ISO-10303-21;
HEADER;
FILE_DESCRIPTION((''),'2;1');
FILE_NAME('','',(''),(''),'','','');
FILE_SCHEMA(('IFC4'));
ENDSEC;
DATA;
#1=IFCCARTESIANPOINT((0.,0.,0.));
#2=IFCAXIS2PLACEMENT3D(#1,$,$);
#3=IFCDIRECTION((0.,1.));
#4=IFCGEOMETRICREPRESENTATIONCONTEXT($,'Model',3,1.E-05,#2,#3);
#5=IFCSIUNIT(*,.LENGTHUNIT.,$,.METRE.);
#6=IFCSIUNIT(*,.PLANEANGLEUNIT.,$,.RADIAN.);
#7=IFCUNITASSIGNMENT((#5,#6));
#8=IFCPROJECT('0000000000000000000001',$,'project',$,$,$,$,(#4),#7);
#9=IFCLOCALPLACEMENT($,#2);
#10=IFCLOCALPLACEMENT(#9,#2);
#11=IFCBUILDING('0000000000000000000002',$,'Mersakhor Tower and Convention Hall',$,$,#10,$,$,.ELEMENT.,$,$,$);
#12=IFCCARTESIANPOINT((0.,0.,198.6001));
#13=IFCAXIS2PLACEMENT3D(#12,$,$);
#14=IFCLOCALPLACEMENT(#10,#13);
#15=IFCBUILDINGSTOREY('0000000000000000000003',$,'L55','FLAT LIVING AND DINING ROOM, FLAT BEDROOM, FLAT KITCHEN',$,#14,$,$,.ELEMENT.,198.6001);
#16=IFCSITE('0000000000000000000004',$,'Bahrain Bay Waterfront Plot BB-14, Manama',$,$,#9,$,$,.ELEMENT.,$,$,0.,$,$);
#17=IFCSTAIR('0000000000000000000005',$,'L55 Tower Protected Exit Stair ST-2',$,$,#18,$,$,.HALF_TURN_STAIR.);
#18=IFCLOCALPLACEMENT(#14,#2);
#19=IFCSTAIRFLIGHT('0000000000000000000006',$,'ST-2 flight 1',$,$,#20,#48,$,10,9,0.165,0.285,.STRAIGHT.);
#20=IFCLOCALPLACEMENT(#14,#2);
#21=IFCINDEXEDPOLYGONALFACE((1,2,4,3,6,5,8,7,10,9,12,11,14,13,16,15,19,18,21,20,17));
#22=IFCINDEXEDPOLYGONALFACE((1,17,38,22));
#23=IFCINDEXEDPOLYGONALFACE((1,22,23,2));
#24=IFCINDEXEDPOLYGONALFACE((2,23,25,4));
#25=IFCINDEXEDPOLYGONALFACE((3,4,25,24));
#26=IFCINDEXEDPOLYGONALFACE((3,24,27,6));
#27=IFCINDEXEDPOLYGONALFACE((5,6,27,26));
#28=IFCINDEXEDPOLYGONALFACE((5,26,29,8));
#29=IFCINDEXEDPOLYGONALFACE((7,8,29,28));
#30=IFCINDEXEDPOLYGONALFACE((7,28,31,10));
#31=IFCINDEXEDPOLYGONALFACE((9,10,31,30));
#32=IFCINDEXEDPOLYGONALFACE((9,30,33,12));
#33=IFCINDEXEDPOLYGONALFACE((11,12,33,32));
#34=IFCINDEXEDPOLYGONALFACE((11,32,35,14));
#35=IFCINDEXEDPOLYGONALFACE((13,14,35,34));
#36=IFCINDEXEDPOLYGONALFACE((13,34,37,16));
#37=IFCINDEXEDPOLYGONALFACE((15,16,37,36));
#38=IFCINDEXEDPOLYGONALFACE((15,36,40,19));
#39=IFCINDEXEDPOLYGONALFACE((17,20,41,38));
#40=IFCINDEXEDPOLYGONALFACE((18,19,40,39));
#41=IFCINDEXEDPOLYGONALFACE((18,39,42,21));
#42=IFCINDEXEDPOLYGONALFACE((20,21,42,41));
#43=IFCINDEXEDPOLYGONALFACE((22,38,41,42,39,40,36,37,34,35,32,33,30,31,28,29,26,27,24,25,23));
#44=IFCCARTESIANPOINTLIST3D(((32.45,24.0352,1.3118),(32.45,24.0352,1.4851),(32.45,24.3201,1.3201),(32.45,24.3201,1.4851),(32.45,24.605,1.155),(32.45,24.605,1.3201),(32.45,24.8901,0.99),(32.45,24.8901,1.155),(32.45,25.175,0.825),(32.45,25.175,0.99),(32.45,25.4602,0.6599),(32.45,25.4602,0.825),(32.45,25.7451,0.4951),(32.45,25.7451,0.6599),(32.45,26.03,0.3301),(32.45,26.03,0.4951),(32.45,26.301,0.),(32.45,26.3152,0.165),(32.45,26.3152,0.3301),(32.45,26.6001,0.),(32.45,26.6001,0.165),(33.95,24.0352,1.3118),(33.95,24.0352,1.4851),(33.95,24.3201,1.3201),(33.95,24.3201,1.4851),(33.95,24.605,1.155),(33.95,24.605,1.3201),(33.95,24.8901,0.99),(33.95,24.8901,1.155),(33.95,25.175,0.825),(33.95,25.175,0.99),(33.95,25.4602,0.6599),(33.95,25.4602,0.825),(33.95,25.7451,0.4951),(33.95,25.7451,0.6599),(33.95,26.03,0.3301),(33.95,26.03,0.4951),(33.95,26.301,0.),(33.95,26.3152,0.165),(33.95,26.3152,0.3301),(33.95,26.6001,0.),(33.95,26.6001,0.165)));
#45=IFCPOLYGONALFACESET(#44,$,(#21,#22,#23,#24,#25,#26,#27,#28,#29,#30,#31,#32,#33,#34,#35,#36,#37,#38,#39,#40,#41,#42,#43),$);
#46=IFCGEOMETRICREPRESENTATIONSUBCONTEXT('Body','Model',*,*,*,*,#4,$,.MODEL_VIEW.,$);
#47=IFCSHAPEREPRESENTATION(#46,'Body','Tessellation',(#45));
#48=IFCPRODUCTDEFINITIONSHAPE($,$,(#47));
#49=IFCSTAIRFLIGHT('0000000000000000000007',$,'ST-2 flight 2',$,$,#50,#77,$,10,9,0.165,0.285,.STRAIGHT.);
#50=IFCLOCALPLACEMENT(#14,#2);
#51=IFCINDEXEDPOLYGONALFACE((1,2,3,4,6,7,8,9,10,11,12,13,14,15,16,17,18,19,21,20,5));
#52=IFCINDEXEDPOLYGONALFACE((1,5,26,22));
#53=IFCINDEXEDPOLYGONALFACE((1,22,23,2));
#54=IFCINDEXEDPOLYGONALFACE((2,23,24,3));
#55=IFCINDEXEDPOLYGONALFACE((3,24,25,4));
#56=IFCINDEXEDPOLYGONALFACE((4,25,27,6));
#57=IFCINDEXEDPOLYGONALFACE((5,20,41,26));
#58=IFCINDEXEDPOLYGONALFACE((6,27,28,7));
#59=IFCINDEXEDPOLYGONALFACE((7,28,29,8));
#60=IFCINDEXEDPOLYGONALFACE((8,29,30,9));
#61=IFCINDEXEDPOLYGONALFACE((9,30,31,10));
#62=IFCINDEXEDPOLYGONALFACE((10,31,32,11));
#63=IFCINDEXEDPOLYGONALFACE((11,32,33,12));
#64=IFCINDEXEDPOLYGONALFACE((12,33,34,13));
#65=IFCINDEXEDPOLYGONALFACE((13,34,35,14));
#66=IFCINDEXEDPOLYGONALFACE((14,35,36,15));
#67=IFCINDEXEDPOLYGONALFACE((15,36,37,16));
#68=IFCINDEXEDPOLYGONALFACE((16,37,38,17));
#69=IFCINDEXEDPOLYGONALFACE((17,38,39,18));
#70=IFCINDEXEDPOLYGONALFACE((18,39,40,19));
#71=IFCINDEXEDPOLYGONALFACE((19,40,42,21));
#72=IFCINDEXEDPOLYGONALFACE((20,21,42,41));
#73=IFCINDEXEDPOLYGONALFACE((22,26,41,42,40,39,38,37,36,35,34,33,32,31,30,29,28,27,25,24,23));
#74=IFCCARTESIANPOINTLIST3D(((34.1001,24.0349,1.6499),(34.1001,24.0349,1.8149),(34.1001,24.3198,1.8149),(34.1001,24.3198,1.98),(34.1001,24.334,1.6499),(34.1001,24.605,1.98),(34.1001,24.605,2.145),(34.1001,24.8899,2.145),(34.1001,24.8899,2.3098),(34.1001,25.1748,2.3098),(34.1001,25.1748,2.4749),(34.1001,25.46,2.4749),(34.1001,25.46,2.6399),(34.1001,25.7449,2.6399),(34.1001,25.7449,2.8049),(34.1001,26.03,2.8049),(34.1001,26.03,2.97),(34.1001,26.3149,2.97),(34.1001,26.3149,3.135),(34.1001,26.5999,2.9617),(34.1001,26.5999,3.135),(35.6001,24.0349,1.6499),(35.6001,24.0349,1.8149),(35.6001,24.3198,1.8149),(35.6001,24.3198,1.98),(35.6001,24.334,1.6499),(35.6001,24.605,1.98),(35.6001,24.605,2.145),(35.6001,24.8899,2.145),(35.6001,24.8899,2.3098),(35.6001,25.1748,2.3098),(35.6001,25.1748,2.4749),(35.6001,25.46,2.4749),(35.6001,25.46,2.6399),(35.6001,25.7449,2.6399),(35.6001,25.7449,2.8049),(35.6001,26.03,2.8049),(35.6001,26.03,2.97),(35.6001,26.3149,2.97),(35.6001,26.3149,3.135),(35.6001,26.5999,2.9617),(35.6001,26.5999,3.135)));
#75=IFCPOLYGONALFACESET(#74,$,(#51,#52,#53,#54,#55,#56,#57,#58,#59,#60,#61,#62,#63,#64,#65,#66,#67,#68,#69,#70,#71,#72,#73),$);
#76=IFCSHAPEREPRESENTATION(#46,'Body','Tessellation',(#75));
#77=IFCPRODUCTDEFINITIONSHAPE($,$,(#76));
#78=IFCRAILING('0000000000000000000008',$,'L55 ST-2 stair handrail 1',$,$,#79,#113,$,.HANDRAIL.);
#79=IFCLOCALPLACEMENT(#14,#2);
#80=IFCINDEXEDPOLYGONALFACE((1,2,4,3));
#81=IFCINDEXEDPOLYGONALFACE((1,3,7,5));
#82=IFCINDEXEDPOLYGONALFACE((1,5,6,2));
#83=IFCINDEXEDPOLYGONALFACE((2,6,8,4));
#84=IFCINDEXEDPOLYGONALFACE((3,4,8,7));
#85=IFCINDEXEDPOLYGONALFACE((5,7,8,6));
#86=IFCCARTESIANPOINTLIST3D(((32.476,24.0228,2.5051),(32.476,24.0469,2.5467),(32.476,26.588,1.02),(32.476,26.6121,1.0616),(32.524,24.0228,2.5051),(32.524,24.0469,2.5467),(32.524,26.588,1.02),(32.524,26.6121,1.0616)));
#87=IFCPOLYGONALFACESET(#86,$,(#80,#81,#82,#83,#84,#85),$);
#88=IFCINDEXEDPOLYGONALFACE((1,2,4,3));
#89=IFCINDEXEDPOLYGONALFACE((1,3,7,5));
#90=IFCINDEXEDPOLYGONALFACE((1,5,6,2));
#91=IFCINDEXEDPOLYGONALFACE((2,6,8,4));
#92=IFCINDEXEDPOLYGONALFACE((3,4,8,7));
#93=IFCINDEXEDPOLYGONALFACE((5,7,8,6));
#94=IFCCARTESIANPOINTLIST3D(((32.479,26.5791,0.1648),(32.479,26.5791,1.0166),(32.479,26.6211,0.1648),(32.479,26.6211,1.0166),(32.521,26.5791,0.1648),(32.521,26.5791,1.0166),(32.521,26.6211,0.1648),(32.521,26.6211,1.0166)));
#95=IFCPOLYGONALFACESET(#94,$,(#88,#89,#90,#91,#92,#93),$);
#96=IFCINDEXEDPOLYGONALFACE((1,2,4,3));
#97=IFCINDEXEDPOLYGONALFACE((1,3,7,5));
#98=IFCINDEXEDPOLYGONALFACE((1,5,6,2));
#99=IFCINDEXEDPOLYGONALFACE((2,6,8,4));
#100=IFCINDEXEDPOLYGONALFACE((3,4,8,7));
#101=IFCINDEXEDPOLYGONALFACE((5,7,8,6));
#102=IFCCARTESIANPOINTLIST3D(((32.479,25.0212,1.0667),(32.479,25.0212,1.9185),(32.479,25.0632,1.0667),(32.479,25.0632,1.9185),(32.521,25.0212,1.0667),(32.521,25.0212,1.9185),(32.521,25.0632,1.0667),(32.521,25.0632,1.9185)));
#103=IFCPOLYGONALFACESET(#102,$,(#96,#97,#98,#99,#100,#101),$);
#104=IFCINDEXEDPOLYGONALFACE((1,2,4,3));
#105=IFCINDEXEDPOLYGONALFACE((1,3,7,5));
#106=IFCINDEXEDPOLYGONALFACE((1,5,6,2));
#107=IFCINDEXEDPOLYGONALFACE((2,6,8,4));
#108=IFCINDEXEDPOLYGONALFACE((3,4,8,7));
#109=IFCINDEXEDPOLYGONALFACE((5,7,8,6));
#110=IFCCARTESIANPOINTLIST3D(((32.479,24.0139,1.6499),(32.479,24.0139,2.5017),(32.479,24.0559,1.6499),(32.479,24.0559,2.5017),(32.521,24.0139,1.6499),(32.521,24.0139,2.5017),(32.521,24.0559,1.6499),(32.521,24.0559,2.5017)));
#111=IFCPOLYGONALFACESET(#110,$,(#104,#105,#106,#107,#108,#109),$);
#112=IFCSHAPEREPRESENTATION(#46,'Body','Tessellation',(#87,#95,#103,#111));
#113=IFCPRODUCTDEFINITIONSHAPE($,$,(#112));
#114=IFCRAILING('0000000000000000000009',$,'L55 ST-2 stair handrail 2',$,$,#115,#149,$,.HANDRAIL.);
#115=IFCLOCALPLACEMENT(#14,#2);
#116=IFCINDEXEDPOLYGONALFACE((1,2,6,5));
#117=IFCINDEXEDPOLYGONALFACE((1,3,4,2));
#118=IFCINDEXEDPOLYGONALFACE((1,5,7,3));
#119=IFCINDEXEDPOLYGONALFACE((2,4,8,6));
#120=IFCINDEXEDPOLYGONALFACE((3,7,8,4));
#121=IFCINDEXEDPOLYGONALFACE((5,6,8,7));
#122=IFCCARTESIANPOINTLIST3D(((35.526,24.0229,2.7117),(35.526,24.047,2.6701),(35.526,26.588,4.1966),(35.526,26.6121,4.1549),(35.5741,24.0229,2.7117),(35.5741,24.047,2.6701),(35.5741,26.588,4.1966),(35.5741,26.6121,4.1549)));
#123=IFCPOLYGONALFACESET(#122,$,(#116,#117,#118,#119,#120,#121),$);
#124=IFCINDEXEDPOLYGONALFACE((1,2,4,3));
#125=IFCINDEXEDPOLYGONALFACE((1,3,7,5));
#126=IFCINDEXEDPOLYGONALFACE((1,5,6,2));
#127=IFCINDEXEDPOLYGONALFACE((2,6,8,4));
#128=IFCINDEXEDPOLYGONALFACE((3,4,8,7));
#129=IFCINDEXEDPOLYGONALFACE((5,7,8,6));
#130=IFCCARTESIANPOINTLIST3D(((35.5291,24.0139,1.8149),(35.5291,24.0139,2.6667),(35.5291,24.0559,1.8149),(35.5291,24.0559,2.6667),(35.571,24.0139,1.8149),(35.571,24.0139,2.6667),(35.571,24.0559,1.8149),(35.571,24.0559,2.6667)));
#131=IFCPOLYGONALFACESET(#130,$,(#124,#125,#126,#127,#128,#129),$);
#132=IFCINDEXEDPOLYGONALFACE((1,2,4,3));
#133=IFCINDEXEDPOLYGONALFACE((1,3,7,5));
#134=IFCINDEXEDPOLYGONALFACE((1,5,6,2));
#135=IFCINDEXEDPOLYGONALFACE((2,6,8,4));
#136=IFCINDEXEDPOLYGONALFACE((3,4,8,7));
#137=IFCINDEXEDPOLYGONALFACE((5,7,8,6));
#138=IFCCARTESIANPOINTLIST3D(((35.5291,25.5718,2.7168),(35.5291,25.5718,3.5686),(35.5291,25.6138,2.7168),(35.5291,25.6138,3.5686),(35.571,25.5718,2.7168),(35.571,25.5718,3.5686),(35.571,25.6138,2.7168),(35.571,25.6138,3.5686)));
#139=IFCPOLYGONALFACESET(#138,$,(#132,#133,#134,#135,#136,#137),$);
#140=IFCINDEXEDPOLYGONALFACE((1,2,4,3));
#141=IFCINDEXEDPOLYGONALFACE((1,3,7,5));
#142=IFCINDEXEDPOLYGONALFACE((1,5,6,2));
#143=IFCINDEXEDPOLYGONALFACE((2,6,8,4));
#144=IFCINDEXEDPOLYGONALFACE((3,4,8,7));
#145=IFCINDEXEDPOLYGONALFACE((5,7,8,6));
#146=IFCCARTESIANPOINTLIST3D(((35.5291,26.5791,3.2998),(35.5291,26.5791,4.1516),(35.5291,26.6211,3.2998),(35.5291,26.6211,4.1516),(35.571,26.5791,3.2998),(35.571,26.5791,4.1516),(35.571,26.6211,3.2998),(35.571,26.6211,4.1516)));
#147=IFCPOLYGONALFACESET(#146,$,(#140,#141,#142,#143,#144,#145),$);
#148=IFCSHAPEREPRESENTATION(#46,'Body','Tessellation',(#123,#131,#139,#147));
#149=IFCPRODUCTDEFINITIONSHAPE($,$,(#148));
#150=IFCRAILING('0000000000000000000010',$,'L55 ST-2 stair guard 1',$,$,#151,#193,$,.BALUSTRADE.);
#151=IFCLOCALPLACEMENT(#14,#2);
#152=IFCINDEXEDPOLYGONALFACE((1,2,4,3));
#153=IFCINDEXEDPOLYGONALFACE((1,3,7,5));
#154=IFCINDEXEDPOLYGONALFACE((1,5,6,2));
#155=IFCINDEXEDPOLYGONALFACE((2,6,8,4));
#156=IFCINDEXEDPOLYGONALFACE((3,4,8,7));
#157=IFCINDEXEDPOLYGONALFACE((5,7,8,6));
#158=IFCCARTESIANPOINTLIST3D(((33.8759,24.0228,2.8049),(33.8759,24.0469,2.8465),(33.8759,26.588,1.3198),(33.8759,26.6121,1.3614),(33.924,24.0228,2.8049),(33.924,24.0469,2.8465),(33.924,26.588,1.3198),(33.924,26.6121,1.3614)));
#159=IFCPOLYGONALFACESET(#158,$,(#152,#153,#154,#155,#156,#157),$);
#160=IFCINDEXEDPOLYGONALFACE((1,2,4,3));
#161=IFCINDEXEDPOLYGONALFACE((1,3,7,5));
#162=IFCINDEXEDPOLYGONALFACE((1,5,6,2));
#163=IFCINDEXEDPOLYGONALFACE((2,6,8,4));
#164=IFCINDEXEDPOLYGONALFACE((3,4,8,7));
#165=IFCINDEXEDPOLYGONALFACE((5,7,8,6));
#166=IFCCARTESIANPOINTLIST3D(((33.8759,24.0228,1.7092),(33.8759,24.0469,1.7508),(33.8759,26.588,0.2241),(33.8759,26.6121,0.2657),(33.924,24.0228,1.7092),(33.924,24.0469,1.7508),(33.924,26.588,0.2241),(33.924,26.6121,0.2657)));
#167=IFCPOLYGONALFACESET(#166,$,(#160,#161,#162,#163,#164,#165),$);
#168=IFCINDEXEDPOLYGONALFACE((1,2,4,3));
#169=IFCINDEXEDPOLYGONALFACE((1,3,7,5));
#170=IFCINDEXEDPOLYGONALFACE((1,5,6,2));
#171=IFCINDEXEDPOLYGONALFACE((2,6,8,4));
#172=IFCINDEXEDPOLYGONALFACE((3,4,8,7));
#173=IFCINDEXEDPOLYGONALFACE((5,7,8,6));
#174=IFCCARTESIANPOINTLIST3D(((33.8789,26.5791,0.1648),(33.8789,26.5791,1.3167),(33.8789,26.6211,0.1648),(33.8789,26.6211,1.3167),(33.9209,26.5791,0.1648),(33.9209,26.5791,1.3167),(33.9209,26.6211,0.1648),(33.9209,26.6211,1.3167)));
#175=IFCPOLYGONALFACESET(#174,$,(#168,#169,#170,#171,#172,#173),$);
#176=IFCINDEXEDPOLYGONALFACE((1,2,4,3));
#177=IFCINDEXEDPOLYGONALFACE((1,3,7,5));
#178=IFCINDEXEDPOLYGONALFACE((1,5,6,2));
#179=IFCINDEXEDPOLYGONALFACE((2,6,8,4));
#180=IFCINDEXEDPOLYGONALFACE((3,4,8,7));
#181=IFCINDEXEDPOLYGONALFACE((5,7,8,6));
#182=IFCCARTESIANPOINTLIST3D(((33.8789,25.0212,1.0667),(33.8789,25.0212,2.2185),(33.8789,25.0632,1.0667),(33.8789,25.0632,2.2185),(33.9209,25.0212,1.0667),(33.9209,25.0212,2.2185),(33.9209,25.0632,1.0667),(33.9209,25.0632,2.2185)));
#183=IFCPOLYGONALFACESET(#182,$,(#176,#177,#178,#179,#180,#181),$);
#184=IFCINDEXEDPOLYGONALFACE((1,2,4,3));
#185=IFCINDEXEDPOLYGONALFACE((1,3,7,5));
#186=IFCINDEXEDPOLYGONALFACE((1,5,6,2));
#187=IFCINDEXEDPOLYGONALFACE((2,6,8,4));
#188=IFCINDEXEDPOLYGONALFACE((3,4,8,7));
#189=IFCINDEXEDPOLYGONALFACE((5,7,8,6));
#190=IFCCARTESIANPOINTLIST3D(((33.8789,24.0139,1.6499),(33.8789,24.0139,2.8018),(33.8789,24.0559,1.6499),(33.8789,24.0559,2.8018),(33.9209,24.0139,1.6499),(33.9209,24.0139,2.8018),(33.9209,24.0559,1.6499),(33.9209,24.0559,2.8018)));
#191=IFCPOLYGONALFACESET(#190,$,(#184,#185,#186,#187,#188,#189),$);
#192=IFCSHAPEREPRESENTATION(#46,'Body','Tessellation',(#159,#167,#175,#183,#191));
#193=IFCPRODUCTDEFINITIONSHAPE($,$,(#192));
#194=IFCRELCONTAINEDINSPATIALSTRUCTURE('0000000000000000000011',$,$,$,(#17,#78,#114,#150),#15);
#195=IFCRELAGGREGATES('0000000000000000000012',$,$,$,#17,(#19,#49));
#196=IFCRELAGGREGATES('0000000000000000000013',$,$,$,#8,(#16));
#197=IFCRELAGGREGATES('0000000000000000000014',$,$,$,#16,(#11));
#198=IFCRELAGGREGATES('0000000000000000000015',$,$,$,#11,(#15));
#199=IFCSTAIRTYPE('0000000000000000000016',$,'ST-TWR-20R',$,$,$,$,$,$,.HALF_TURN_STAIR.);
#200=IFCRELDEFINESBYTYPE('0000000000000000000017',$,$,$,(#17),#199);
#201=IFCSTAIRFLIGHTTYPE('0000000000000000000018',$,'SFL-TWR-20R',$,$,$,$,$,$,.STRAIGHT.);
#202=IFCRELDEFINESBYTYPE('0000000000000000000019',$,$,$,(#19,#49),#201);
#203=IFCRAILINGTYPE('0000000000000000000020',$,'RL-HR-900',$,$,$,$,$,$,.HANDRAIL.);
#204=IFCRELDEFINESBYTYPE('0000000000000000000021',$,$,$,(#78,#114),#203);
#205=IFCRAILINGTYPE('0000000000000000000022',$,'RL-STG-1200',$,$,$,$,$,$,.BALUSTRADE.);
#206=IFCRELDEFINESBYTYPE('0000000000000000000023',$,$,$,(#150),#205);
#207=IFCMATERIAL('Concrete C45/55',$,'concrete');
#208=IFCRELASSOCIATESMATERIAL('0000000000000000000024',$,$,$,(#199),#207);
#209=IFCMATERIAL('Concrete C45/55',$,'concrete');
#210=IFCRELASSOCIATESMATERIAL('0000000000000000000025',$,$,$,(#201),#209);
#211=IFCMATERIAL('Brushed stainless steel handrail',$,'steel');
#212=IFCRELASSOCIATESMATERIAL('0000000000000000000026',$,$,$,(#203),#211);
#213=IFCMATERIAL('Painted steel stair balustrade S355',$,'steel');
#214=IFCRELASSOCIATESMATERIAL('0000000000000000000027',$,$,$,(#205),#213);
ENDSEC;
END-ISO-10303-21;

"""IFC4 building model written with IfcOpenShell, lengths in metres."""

from ifc_helpers import new_model, si_unit, direction, frame, origin, origin_2d, place, context, subcontext, project, spatial, polyline, rectangle, outline, extrude, material, type_object, element, aggregate, save


model = new_model("IFC4")

# Units and contexts
model_context = context("Model", 3, precision=1e-05, world=origin(), true_north=direction((0.0, 1.0)))
body_context = subcontext(model_context, "Body", "Model", "MODEL_VIEW")
ifc_project = project(units=[si_unit("LENGTHUNIT", "METRE"), si_unit("PLANEANGLEUNIT", "RADIAN")], contexts=[model_context])

# Site, building, storey
site_placement = place(None, origin())
site = spatial("IfcSite", under=ifc_project, at=site_placement, Name="Bahrain Bay Waterfront Plot BB-14, Manama", CompositionType="ELEMENT", RefElevation=0.0)
building_placement = place(site_placement, origin())
building = spatial("IfcBuilding", under=site, at=building_placement, Name="Mersakhor Tower and Convention Hall", CompositionType="ELEMENT")
storey_placement = place(building_placement, frame((0.0, 0.0, 198.6001)))
storey = spatial("IfcBuildingStorey", under=building, at=storey_placement, Name="L55", Description="FLAT LIVING AND DINING ROOM, FLAT BEDROOM, FLAT KITCHEN", CompositionType="ELEMENT", Elevation=198.6001)

# Stair, stair flights
ifc_material_1 = material(Name="Concrete C45/55", Category="concrete")
stair_type = type_object("IfcStairType", Name="ST-TWR-20R", PredefinedType="HALF_TURN_STAIR", material=ifc_material_1)
stair_placement = place(storey_placement, origin())
stair = element("IfcStair", 1, at=stair_placement, inside=storey, type_object=stair_type, Name="L55 Tower Protected Exit Stair ST-2", PredefinedType="HALF_TURN_STAIR")
ifc_material_2 = material(Name="Concrete C45/55", Category="concrete")
stair_flight_type = type_object("IfcStairFlightType", Name="SFL-TWR-20R", PredefinedType="STRAIGHT", material=ifc_material_2)
stair_flight_1_placement = place(storey_placement, frame((33.2, 26.6001, 0.0), z_axis=(0.0, 0.0, 1.0), x_axis=(0.0, -1.0, 0.0)))
stair_flight_1 = element("IfcStairFlight", 2, at=stair_flight_1_placement, type_object=stair_flight_type, Name="ST-2 flight 1", NumberOfRisers=10, NumberOfTreads=9, PredefinedType="STRAIGHT", RiserHeight=0.165, TreadLength=0.285, context=body_context, shape_type="SweptSolid", body=[
    extrude(outline(polyline([(0.0, 0.0), (0.0, 0.165), (0.2849, 0.165), (0.2849, 0.3301), (0.5701, 0.3301), (0.5701, 0.4951), (0.855, 0.4951), (0.855, 0.6599), (1.1399, 0.6599), (1.1399, 0.825), (1.425, 0.825), (1.425, 0.99), (1.71, 0.99), (1.71, 1.155), (1.9951, 1.155), (1.9951, 1.3201), (2.28, 1.3201), (2.28, 1.4851), (2.5649, 1.4851), (2.5649, 1.6499), (2.5649, 1.3118), (0.2991, 0.0), (0.0, 0.0)])), frame((0.0, 0.75, 0.0), z_axis=(0.0, -1.0, 0.0), x_axis=(1.0, 0.0, 0.0)), (0.0, 0.0, 1.0), 1.5),
])
stair_flight_2_placement = place(storey_placement, frame((34.8501, 24.0349, 1.6499), z_axis=(0.0, 0.0, 1.0), x_axis=(0.0, 1.0, 0.0)))
stair_flight_2 = element("IfcStairFlight", 3, at=stair_flight_2_placement, type_object=stair_flight_type, Name="ST-2 flight 2", NumberOfRisers=10, NumberOfTreads=9, PredefinedType="STRAIGHT", RiserHeight=0.165, TreadLength=0.285, context=body_context, shape_type="SweptSolid", body=[
    extrude(outline(polyline([(0.0, 0.0), (0.0, 0.165), (0.2849, 0.165), (0.2849, 0.3301), (0.5701, 0.3301), (0.5701, 0.4951), (0.855, 0.4951), (0.855, 0.6599), (1.1399, 0.6599), (1.1399, 0.825), (1.425, 0.825), (1.425, 0.99), (1.71, 0.99), (1.71, 1.155), (1.9951, 1.155), (1.9951, 1.3201), (2.28, 1.3201), (2.28, 1.4851), (2.5649, 1.4851), (2.5649, 1.6499), (2.5649, 1.3118), (0.2991, 0.0), (0.0, 0.0)])), frame((0.0, 0.75, 0.0), z_axis=(0.0, -1.0, 0.0), x_axis=(1.0, 0.0, 0.0)), (0.0, 0.0, 1.0), 1.5),
])
aggregate(stair, [stair_flight_1, stair_flight_2])

# Railings
ifc_material_3 = material(Name="Brushed stainless steel handrail", Category="steel")
railing_type_1 = type_object("IfcRailingType", Name="RL-HR-900", PredefinedType="HANDRAIL", material=ifc_material_3)
railing_1_placement = place(storey_placement, frame((32.5, 26.6001, 0.1648)))
element("IfcRailing", 4, at=railing_1_placement, inside=storey, type_object=railing_type_1, Name="L55 ST-2 stair handrail 1", PredefinedType="HANDRAIL", context=body_context, shape_type="SweptSolid", body=[
    extrude(rectangle(XDim=0.0481, YDim=0.0481, at=origin_2d()), frame((0.0, 0.0, 0.876), z_axis=(0.0, -0.865426, 0.501036), x_axis=(1.0, 0.0, 0.0)), (0.0, 0.0, 1.0), 2.9641),
    extrude(rectangle(XDim=0.042, YDim=0.042, at=origin_2d()), origin(), (0.0, 0.0, 1.0), 0.8518),
    extrude(rectangle(XDim=0.042, YDim=0.042, at=origin_2d()), frame((0.0, -1.5579, 0.9019)), (0.0, 0.0, 1.0), 0.8518),
    extrude(rectangle(XDim=0.042, YDim=0.042, at=origin_2d()), frame((0.0, -2.5652, 1.4851)), (0.0, 0.0, 1.0), 0.8518),
])
railing_2_placement = place(storey_placement, frame((35.55, 24.0349, 1.8149)))
element("IfcRailing", 5, at=railing_2_placement, inside=storey, type_object=railing_type_1, Name="L55 ST-2 stair handrail 2", PredefinedType="HANDRAIL", context=body_context, shape_type="SweptSolid", body=[
    extrude(rectangle(XDim=0.0481, YDim=0.0481, at=origin_2d()), frame((0.0, 0.0, 0.876), z_axis=(0.0, 0.865462, 0.500975), x_axis=(-1.0, 0.0, 0.0)), (0.0, 0.0, 1.0), 2.9639),
    extrude(rectangle(XDim=0.042, YDim=0.042, at=origin_2d()), origin(), (0.0, 0.0, 1.0), 0.8518),
    extrude(rectangle(XDim=0.042, YDim=0.042, at=origin_2d()), frame((0.0, 1.5579, 0.9019)), (0.0, 0.0, 1.0), 0.8518),
    extrude(rectangle(XDim=0.042, YDim=0.042, at=origin_2d()), frame((0.0, 2.5652, 1.4849)), (0.0, 0.0, 1.0), 0.8518),
])
ifc_material_4 = material(Name="Painted steel stair balustrade S355", Category="steel")
railing_type_2 = type_object("IfcRailingType", Name="RL-STG-1200", PredefinedType="BALUSTRADE", material=ifc_material_4)
railing_3_placement = place(storey_placement, frame((33.8999, 26.6001, 0.1648)))
element("IfcRailing", 6, at=railing_3_placement, inside=storey, type_object=railing_type_2, Name="L55 ST-2 stair guard 1", PredefinedType="BALUSTRADE", context=body_context, shape_type="SweptSolid", body=[
    extrude(rectangle(XDim=0.0481, YDim=0.0481, at=origin_2d()), frame((0.0, 0.0, 1.1758), z_axis=(0.0, -0.865426, 0.501036), x_axis=(1.0, 0.0, 0.0)), (0.0, 0.0, 1.0), 2.9641),
    extrude(rectangle(XDim=0.0481, YDim=0.0481, at=origin_2d()), frame((0.0, 0.0, 0.0801), z_axis=(0.0, -0.865426, 0.501036), x_axis=(1.0, 0.0, 0.0)), (0.0, 0.0, 1.0), 2.9641),
    extrude(rectangle(XDim=0.042, YDim=0.042, at=origin_2d()), origin(), (0.0, 0.0, 1.0), 1.1519),
    extrude(rectangle(XDim=0.042, YDim=0.042, at=origin_2d()), frame((0.0, -1.5579, 0.9019)), (0.0, 0.0, 1.0), 1.1519),
    extrude(rectangle(XDim=0.042, YDim=0.042, at=origin_2d()), frame((0.0, -2.5652, 1.4851)), (0.0, 0.0, 1.0), 1.1519),
])

save(model, "model.ifc")
